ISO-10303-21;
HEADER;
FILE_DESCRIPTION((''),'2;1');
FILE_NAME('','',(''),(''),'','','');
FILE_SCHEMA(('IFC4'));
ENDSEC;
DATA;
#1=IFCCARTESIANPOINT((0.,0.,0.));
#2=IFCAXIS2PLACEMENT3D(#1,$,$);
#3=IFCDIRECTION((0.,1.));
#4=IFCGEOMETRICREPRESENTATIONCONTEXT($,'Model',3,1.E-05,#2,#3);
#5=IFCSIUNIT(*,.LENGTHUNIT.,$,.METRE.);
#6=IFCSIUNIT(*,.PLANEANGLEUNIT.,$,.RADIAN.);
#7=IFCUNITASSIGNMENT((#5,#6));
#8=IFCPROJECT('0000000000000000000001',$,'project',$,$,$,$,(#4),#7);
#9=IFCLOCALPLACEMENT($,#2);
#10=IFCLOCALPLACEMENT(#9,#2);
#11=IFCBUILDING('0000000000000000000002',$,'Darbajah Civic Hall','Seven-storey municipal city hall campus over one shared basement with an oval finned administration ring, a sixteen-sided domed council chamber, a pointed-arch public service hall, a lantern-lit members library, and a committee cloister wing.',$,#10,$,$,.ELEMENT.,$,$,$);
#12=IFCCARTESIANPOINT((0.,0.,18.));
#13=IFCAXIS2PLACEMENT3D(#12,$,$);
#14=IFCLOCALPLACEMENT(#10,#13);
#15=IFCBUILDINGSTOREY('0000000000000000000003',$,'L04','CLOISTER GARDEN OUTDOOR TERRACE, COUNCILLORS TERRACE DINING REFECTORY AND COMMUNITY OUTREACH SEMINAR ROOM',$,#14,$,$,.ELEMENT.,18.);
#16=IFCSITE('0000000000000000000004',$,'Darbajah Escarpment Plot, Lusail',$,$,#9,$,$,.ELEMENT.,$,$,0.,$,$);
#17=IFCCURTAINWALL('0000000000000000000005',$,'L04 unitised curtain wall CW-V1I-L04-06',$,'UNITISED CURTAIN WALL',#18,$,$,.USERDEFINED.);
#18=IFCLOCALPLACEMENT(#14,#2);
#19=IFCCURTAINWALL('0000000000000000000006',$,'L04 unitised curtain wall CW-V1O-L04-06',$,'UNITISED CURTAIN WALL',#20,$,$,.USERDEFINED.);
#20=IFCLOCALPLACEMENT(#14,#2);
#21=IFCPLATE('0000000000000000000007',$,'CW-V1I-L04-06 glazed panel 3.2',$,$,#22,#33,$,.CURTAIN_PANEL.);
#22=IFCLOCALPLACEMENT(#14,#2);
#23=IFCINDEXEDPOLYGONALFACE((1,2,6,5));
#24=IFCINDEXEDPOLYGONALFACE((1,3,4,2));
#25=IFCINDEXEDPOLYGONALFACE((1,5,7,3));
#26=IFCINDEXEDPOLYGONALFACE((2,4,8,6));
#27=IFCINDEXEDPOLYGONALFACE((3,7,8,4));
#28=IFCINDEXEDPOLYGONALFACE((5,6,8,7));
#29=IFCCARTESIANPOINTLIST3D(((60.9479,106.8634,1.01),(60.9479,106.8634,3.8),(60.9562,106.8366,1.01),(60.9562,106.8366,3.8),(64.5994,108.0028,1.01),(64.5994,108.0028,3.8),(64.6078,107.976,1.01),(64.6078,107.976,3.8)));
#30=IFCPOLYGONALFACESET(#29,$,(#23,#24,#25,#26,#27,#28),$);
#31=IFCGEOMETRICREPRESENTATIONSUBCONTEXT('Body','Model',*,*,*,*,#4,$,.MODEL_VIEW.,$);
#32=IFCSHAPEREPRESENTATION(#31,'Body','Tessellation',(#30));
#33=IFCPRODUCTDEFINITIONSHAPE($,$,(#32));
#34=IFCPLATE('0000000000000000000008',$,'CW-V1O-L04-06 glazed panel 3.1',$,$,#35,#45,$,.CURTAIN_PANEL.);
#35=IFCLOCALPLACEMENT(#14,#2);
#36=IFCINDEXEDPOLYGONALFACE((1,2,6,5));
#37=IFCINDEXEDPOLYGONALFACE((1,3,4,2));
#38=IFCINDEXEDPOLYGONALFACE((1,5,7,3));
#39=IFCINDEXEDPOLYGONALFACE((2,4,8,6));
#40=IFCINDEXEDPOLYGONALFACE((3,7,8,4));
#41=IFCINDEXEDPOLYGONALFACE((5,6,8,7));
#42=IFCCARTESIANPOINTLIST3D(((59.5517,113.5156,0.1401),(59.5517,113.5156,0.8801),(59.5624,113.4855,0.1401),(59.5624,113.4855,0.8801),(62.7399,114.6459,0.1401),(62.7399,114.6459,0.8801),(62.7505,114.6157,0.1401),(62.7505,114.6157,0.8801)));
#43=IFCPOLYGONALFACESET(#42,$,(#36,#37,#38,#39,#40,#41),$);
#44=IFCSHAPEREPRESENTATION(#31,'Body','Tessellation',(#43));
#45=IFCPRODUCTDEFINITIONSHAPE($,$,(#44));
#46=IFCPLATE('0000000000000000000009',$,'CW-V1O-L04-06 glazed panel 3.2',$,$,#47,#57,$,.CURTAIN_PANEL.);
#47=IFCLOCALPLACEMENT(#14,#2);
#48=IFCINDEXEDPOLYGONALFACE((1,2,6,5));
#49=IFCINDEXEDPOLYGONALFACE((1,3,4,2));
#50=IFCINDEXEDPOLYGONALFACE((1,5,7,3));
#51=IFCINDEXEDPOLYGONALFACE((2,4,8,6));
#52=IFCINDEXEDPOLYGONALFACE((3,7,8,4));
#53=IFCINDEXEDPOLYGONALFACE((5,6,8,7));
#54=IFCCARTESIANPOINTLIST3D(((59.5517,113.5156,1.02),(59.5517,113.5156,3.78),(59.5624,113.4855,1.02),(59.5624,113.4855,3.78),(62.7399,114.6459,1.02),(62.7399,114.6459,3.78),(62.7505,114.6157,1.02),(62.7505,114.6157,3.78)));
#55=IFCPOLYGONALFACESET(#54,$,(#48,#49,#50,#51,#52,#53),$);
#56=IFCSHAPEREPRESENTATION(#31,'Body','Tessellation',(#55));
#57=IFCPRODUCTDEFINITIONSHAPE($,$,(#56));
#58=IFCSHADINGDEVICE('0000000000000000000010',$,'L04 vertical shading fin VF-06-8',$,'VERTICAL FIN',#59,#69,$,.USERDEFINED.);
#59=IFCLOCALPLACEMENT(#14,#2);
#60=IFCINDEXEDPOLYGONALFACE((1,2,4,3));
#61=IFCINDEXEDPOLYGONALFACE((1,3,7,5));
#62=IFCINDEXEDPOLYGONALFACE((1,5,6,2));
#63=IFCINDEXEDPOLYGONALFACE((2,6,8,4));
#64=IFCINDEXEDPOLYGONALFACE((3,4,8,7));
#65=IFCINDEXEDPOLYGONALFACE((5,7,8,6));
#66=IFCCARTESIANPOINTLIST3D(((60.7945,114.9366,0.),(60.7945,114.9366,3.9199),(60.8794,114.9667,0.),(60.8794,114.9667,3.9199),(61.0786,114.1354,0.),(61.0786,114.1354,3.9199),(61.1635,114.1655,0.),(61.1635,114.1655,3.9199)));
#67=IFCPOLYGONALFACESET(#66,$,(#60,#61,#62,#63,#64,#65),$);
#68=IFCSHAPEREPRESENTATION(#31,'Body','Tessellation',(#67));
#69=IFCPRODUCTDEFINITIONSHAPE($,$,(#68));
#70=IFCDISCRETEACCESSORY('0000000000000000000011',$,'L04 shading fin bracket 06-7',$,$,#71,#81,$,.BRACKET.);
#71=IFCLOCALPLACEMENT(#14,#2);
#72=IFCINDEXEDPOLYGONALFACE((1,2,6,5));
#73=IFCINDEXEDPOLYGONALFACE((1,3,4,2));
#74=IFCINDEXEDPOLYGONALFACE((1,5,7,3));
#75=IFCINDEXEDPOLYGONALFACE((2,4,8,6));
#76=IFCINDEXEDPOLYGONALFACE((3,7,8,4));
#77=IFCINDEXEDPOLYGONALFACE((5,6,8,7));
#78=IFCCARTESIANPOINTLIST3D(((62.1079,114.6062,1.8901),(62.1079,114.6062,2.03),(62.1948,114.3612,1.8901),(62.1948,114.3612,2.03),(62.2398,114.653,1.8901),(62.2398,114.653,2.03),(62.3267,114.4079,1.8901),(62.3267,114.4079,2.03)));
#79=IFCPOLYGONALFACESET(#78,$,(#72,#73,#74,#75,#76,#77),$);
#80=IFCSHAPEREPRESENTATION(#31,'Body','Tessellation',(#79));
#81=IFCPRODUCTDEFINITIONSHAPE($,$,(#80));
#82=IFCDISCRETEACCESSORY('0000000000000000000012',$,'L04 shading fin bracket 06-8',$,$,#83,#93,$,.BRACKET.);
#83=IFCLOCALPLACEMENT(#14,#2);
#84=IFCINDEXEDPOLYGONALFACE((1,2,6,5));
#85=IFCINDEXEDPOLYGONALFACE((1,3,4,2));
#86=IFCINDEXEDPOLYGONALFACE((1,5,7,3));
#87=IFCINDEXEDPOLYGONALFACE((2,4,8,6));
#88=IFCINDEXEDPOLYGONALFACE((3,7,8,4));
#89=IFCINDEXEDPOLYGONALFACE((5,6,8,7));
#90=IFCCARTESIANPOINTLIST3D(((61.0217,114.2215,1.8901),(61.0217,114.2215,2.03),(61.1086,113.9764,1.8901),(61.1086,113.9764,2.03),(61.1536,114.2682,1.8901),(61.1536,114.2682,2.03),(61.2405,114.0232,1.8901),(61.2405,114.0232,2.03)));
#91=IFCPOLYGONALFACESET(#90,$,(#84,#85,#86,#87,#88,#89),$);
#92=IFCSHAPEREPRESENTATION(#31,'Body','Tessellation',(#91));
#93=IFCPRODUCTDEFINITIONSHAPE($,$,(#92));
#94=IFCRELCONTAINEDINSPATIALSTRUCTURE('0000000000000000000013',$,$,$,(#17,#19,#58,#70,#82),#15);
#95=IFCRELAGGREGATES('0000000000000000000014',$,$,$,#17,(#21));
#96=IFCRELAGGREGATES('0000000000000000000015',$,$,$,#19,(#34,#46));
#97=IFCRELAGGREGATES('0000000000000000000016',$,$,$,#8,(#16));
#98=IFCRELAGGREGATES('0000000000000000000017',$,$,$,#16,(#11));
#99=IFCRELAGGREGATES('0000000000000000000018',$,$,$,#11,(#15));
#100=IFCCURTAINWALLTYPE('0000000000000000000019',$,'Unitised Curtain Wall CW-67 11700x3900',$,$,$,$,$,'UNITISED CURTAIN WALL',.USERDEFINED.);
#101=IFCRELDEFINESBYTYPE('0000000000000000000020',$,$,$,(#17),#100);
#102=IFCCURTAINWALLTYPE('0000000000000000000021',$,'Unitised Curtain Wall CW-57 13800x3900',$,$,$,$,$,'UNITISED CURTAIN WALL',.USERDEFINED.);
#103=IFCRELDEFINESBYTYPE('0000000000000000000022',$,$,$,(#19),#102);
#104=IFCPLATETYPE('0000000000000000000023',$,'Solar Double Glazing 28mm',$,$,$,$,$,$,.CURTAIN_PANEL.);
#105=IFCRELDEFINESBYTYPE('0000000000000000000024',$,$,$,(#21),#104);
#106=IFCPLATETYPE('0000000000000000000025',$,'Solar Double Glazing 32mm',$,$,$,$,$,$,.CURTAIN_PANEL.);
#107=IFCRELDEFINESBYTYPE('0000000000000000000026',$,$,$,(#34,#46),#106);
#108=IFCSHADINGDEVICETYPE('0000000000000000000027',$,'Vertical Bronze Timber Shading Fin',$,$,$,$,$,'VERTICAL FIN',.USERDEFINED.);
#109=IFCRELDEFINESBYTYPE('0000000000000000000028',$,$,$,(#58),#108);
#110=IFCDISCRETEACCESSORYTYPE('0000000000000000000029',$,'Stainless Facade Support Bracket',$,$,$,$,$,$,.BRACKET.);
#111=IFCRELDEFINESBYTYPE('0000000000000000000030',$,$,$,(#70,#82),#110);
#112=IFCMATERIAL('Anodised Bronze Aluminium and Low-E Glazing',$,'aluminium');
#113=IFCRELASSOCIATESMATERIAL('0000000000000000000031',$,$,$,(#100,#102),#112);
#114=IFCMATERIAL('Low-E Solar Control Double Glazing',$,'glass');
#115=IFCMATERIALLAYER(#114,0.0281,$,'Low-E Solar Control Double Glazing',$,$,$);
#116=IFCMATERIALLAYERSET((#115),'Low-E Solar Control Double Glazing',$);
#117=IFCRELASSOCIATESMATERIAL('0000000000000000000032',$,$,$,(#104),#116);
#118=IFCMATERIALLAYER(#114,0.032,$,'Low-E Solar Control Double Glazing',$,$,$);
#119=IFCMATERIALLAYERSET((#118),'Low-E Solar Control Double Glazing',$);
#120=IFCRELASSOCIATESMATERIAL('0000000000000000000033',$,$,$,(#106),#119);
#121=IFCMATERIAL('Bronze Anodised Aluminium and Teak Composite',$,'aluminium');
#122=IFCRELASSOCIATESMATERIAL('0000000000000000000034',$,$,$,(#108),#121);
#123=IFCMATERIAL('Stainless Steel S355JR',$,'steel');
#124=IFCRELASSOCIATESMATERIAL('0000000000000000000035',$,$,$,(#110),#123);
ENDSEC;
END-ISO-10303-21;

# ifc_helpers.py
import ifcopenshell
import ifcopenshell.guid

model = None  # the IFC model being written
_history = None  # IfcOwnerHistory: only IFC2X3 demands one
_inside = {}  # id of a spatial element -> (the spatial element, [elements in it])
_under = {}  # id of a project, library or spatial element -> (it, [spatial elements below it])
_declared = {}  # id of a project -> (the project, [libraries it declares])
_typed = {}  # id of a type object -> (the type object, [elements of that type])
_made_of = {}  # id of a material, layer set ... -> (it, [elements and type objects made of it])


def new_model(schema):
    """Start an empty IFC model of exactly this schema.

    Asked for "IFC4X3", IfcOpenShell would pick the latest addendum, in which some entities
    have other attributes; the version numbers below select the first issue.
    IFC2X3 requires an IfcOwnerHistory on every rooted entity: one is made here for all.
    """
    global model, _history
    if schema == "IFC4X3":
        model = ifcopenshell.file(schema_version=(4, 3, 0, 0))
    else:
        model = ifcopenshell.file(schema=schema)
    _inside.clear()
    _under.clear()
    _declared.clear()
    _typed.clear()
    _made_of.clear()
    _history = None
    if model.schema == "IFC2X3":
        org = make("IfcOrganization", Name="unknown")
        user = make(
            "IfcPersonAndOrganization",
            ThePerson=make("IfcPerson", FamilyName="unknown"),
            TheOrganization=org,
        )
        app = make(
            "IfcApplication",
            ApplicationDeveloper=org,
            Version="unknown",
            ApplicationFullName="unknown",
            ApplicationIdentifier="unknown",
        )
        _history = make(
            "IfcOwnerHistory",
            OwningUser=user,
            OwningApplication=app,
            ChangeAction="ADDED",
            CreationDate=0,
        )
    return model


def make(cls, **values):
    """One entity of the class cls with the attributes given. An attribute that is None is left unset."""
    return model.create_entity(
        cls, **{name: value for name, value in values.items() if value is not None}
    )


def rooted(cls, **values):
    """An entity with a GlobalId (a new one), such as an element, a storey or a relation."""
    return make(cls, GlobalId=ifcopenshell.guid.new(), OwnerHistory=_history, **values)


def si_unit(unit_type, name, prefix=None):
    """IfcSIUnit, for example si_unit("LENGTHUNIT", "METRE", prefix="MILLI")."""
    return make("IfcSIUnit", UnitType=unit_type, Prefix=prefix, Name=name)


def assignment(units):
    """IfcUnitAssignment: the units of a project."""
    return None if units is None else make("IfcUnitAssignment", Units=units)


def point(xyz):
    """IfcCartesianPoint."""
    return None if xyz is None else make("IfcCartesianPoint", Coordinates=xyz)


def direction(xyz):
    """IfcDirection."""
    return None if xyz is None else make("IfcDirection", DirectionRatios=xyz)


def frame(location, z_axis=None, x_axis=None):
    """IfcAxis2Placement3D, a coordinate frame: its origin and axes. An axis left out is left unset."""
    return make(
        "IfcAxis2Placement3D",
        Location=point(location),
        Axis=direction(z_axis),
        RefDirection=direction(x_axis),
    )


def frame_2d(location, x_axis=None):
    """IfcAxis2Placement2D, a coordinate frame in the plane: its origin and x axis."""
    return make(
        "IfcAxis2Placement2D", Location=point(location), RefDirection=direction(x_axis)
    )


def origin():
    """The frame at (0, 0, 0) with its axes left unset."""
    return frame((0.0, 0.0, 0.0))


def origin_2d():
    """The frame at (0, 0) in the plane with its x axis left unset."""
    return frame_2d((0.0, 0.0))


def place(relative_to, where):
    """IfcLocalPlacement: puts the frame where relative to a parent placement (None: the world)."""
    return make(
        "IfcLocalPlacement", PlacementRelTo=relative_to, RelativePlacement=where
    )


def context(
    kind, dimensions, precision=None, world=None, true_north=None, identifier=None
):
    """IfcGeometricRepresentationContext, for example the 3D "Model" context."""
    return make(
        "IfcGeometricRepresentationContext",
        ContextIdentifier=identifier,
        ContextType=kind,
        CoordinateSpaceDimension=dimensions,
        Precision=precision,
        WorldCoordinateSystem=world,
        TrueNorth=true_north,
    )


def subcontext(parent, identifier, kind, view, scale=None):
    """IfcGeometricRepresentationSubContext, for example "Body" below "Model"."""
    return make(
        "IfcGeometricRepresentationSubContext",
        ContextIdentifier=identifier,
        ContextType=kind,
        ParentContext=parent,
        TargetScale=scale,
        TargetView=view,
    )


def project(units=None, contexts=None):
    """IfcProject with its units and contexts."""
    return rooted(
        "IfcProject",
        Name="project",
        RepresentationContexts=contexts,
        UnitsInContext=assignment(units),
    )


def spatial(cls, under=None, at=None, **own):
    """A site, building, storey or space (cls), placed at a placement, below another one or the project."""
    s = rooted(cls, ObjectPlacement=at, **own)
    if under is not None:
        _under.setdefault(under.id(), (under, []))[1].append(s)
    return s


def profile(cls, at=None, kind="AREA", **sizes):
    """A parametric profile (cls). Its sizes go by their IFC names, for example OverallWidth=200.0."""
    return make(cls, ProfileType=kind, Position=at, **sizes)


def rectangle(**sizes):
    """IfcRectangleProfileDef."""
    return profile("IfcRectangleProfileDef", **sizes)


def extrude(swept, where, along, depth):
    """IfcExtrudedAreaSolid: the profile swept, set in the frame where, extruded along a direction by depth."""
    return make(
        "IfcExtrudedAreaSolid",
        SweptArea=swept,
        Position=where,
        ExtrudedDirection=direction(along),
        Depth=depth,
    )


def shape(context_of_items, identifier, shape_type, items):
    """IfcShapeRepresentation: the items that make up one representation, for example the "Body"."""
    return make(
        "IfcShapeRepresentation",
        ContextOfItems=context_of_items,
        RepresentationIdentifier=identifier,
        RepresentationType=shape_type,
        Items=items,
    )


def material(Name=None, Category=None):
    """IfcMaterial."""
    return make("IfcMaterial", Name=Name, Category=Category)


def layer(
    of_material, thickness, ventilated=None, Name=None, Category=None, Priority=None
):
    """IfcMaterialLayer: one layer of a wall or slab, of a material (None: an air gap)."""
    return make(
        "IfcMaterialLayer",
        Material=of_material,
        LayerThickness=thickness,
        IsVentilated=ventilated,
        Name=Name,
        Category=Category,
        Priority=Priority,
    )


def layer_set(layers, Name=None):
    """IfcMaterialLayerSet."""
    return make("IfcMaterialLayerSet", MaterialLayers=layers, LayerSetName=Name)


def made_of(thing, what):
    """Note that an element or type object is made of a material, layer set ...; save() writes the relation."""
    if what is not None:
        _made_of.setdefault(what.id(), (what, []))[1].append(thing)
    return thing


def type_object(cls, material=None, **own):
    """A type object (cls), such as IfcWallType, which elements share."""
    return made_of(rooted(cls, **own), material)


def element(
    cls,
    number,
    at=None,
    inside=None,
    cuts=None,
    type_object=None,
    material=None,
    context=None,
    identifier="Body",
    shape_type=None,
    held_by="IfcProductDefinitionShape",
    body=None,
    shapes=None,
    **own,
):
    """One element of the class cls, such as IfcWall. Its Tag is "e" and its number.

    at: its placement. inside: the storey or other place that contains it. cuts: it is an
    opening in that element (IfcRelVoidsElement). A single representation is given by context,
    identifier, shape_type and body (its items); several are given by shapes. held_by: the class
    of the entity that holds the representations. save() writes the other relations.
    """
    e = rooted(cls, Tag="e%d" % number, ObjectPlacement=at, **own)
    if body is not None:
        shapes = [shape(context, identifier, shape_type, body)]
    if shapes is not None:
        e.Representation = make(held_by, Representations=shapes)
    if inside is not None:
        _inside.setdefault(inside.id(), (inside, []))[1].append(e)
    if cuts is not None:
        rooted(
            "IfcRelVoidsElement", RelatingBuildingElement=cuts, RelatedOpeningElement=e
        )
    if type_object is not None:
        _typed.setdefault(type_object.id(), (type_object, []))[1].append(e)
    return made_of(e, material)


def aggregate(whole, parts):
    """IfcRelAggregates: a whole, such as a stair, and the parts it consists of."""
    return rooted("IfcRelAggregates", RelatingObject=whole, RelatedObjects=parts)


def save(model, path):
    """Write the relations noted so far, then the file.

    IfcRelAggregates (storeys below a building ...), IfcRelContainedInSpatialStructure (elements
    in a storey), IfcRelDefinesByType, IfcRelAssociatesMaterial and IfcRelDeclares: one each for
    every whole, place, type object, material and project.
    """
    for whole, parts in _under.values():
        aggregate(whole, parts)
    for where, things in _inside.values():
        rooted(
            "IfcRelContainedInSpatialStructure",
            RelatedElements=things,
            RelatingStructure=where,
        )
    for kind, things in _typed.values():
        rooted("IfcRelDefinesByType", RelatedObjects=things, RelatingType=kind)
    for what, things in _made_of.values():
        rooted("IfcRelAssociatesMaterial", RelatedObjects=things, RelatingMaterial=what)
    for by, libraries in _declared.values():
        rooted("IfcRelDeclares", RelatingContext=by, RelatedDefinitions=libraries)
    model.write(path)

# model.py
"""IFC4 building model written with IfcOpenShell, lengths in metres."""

from ifc_helpers import new_model, si_unit, direction, frame, origin, origin_2d, place, context, subcontext, project, spatial, rectangle, extrude, material, layer, layer_set, type_object, element, aggregate, save


model = new_model("IFC4")

# Units and contexts
model_context = context("Model", 3, precision=1e-05, world=origin(), true_north=direction((0.0, 1.0)))
body_context = subcontext(model_context, "Body", "Model", "MODEL_VIEW")
ifc_project = project(units=[si_unit("LENGTHUNIT", "METRE"), si_unit("PLANEANGLEUNIT", "RADIAN")], contexts=[model_context])

# Site, building, storey
site_placement = place(None, origin())
site = spatial("IfcSite", under=ifc_project, at=site_placement, Name="Darbajah Escarpment Plot, Lusail", CompositionType="ELEMENT", RefElevation=0.0)
building_placement = place(site_placement, origin())
building = spatial("IfcBuilding", under=site, at=building_placement, Name="Darbajah Civic Hall", Description="Seven-storey municipal city hall campus over one shared basement with an oval finned administration ring, a sixteen-sided domed council chamber, a pointed-arch public service hall, a lantern-lit members library, and a committee cloister wing.", CompositionType="ELEMENT")
storey_placement = place(building_placement, frame((0.0, 0.0, 18.0)))
storey = spatial("IfcBuildingStorey", under=building, at=storey_placement, Name="L04", Description="CLOISTER GARDEN OUTDOOR TERRACE, COUNCILLORS TERRACE DINING REFECTORY AND COMMUNITY OUTREACH SEMINAR ROOM", CompositionType="ELEMENT", Elevation=18.0)

# Curtain walls
ifc_material_1 = material(Name="Anodised Bronze Aluminium and Low-E Glazing", Category="aluminium")
curtain_wall_type_1 = type_object("IfcCurtainWallType", Name="Unitised Curtain Wall CW-67 11700x3900", ElementType="UNITISED CURTAIN WALL", PredefinedType="USERDEFINED", material=ifc_material_1)
curtain_wall_1_placement = place(storey_placement, origin())
curtain_wall_1 = element("IfcCurtainWall", 1, at=curtain_wall_1_placement, inside=storey, type_object=curtain_wall_type_1, Name="L04 unitised curtain wall CW-V1I-L04-06", ObjectType="UNITISED CURTAIN WALL", PredefinedType="USERDEFINED")
curtain_wall_type_2 = type_object("IfcCurtainWallType", Name="Unitised Curtain Wall CW-57 13800x3900", ElementType="UNITISED CURTAIN WALL", PredefinedType="USERDEFINED", material=ifc_material_1)
curtain_wall_2_placement = place(storey_placement, origin())
curtain_wall_2 = element("IfcCurtainWall", 2, at=curtain_wall_2_placement, inside=storey, type_object=curtain_wall_type_2, Name="L04 unitised curtain wall CW-V1O-L04-06", ObjectType="UNITISED CURTAIN WALL", PredefinedType="USERDEFINED")

# Plates
ifc_material_2 = material(Name="Low-E Solar Control Double Glazing", Category="glass")
ifc_layer_1 = layer(ifc_material_2, 0.0281, Name="Low-E Solar Control Double Glazing")
ifc_layer_set_1 = layer_set([ifc_layer_1], Name="Low-E Solar Control Double Glazing")
plate_type_1 = type_object("IfcPlateType", Name="Solar Double Glazing 28mm", PredefinedType="CURTAIN_PANEL", material=ifc_layer_set_1)
plate_1_placement = place(storey_placement, frame((62.7778, 107.4197, 1.01), z_axis=(0.0, 0.0, 1.0), x_axis=(-0.954605, -0.297875, 0.0)))
plate_1 = element("IfcPlate", 3, at=plate_1_placement, type_object=plate_type_1, Name="CW-V1I-L04-06 glazed panel 3.2", PredefinedType="CURTAIN_PANEL", context=body_context, shape_type="SweptSolid", body=[
    extrude(rectangle(XDim=3.8252, YDim=0.0281, at=origin_2d()), origin(), (0.0, 0.0, 1.0), 2.79),
])
aggregate(curtain_wall_1, [plate_1])
ifc_layer_2 = layer(ifc_material_2, 0.032, Name="Low-E Solar Control Double Glazing")
ifc_layer_set_2 = layer_set([ifc_layer_2], Name="Low-E Solar Control Double Glazing")
plate_type_2 = type_object("IfcPlateType", Name="Solar Double Glazing 32mm", PredefinedType="CURTAIN_PANEL", material=ifc_layer_set_2)
plate_2_placement = place(storey_placement, frame((61.1511, 114.0657, 0.1401), z_axis=(0.0, 0.0, 1.0), x_axis=(-0.942525, -0.334136, 0.0)))
plate_2 = element("IfcPlate", 4, at=plate_2_placement, type_object=plate_type_2, Name="CW-V1O-L04-06 glazed panel 3.1", PredefinedType="CURTAIN_PANEL", context=body_context, shape_type="SweptSolid", body=[
    extrude(rectangle(XDim=3.3826, YDim=0.032, at=origin_2d()), origin(), (0.0, 0.0, 1.0), 0.74),
])
plate_3_placement = place(storey_placement, frame((61.1511, 114.0657, 1.02), z_axis=(0.0, 0.0, 1.0), x_axis=(-0.942525, -0.334136, 0.0)))
plate_3 = element("IfcPlate", 5, at=plate_3_placement, type_object=plate_type_2, Name="CW-V1O-L04-06 glazed panel 3.2", PredefinedType="CURTAIN_PANEL", context=body_context, shape_type="SweptSolid", body=[
    extrude(rectangle(XDim=3.3826, YDim=0.032, at=origin_2d()), origin(), (0.0, 0.0, 1.0), 2.76),
])
aggregate(curtain_wall_2, [plate_2, plate_3])

# Shading device
ifc_material_3 = material(Name="Bronze Anodised Aluminium and Teak Composite", Category="aluminium")
shading_device_type = type_object("IfcShadingDeviceType", Name="Vertical Bronze Timber Shading Fin", ElementType="VERTICAL FIN", PredefinedType="USERDEFINED", material=ifc_material_3)
shading_device_placement = place(storey_placement, frame((60.979, 114.551, 0.0), z_axis=(0.0, 0.0, 1.0), x_axis=(-0.334136, 0.942525, 0.0)))
element("IfcShadingDevice", 6, at=shading_device_placement, inside=storey, type_object=shading_device_type, Name="L04 vertical shading fin VF-06-8", ObjectType="VERTICAL FIN", PredefinedType="USERDEFINED", context=body_context, shape_type="SweptSolid", body=[
    extrude(rectangle(XDim=0.8501, YDim=0.0901, at=origin_2d()), origin(), (0.0, 0.0, 1.0), 3.9199),
])

# Discrete accessories
ifc_material_4 = material(Name="Stainless Steel S355JR", Category="steel")
discrete_accessory_type = type_object("IfcDiscreteAccessoryType", Name="Stainless Facade Support Bracket", PredefinedType="BRACKET", material=ifc_material_4)
for number, where, z_axis, x_axis, name in (
    (7, (62.2173, 114.5071, 1.8901), (0.0, 0.0, 1.0), (-0.334136, 0.942525, 0.0), "L04 shading fin bracket 06-7"),
    (8, (61.1311, 114.1223, 1.8901), (0.0, 0.0, 1.0), (-0.334136, 0.942525, 0.0), "L04 shading fin bracket 06-8"),
):
    element("IfcDiscreteAccessory", number, at=place(storey_placement, frame(where, z_axis=z_axis, x_axis=x_axis)), inside=storey, type_object=discrete_accessory_type, Name=name, PredefinedType="BRACKET", context=body_context, shape_type="SweptSolid", body=[
        extrude(rectangle(XDim=0.26, YDim=0.1399, at=origin_2d()), origin(), (0.0, 0.0, 1.0), 0.1399),
    ])

save(model, "model.ifc")
